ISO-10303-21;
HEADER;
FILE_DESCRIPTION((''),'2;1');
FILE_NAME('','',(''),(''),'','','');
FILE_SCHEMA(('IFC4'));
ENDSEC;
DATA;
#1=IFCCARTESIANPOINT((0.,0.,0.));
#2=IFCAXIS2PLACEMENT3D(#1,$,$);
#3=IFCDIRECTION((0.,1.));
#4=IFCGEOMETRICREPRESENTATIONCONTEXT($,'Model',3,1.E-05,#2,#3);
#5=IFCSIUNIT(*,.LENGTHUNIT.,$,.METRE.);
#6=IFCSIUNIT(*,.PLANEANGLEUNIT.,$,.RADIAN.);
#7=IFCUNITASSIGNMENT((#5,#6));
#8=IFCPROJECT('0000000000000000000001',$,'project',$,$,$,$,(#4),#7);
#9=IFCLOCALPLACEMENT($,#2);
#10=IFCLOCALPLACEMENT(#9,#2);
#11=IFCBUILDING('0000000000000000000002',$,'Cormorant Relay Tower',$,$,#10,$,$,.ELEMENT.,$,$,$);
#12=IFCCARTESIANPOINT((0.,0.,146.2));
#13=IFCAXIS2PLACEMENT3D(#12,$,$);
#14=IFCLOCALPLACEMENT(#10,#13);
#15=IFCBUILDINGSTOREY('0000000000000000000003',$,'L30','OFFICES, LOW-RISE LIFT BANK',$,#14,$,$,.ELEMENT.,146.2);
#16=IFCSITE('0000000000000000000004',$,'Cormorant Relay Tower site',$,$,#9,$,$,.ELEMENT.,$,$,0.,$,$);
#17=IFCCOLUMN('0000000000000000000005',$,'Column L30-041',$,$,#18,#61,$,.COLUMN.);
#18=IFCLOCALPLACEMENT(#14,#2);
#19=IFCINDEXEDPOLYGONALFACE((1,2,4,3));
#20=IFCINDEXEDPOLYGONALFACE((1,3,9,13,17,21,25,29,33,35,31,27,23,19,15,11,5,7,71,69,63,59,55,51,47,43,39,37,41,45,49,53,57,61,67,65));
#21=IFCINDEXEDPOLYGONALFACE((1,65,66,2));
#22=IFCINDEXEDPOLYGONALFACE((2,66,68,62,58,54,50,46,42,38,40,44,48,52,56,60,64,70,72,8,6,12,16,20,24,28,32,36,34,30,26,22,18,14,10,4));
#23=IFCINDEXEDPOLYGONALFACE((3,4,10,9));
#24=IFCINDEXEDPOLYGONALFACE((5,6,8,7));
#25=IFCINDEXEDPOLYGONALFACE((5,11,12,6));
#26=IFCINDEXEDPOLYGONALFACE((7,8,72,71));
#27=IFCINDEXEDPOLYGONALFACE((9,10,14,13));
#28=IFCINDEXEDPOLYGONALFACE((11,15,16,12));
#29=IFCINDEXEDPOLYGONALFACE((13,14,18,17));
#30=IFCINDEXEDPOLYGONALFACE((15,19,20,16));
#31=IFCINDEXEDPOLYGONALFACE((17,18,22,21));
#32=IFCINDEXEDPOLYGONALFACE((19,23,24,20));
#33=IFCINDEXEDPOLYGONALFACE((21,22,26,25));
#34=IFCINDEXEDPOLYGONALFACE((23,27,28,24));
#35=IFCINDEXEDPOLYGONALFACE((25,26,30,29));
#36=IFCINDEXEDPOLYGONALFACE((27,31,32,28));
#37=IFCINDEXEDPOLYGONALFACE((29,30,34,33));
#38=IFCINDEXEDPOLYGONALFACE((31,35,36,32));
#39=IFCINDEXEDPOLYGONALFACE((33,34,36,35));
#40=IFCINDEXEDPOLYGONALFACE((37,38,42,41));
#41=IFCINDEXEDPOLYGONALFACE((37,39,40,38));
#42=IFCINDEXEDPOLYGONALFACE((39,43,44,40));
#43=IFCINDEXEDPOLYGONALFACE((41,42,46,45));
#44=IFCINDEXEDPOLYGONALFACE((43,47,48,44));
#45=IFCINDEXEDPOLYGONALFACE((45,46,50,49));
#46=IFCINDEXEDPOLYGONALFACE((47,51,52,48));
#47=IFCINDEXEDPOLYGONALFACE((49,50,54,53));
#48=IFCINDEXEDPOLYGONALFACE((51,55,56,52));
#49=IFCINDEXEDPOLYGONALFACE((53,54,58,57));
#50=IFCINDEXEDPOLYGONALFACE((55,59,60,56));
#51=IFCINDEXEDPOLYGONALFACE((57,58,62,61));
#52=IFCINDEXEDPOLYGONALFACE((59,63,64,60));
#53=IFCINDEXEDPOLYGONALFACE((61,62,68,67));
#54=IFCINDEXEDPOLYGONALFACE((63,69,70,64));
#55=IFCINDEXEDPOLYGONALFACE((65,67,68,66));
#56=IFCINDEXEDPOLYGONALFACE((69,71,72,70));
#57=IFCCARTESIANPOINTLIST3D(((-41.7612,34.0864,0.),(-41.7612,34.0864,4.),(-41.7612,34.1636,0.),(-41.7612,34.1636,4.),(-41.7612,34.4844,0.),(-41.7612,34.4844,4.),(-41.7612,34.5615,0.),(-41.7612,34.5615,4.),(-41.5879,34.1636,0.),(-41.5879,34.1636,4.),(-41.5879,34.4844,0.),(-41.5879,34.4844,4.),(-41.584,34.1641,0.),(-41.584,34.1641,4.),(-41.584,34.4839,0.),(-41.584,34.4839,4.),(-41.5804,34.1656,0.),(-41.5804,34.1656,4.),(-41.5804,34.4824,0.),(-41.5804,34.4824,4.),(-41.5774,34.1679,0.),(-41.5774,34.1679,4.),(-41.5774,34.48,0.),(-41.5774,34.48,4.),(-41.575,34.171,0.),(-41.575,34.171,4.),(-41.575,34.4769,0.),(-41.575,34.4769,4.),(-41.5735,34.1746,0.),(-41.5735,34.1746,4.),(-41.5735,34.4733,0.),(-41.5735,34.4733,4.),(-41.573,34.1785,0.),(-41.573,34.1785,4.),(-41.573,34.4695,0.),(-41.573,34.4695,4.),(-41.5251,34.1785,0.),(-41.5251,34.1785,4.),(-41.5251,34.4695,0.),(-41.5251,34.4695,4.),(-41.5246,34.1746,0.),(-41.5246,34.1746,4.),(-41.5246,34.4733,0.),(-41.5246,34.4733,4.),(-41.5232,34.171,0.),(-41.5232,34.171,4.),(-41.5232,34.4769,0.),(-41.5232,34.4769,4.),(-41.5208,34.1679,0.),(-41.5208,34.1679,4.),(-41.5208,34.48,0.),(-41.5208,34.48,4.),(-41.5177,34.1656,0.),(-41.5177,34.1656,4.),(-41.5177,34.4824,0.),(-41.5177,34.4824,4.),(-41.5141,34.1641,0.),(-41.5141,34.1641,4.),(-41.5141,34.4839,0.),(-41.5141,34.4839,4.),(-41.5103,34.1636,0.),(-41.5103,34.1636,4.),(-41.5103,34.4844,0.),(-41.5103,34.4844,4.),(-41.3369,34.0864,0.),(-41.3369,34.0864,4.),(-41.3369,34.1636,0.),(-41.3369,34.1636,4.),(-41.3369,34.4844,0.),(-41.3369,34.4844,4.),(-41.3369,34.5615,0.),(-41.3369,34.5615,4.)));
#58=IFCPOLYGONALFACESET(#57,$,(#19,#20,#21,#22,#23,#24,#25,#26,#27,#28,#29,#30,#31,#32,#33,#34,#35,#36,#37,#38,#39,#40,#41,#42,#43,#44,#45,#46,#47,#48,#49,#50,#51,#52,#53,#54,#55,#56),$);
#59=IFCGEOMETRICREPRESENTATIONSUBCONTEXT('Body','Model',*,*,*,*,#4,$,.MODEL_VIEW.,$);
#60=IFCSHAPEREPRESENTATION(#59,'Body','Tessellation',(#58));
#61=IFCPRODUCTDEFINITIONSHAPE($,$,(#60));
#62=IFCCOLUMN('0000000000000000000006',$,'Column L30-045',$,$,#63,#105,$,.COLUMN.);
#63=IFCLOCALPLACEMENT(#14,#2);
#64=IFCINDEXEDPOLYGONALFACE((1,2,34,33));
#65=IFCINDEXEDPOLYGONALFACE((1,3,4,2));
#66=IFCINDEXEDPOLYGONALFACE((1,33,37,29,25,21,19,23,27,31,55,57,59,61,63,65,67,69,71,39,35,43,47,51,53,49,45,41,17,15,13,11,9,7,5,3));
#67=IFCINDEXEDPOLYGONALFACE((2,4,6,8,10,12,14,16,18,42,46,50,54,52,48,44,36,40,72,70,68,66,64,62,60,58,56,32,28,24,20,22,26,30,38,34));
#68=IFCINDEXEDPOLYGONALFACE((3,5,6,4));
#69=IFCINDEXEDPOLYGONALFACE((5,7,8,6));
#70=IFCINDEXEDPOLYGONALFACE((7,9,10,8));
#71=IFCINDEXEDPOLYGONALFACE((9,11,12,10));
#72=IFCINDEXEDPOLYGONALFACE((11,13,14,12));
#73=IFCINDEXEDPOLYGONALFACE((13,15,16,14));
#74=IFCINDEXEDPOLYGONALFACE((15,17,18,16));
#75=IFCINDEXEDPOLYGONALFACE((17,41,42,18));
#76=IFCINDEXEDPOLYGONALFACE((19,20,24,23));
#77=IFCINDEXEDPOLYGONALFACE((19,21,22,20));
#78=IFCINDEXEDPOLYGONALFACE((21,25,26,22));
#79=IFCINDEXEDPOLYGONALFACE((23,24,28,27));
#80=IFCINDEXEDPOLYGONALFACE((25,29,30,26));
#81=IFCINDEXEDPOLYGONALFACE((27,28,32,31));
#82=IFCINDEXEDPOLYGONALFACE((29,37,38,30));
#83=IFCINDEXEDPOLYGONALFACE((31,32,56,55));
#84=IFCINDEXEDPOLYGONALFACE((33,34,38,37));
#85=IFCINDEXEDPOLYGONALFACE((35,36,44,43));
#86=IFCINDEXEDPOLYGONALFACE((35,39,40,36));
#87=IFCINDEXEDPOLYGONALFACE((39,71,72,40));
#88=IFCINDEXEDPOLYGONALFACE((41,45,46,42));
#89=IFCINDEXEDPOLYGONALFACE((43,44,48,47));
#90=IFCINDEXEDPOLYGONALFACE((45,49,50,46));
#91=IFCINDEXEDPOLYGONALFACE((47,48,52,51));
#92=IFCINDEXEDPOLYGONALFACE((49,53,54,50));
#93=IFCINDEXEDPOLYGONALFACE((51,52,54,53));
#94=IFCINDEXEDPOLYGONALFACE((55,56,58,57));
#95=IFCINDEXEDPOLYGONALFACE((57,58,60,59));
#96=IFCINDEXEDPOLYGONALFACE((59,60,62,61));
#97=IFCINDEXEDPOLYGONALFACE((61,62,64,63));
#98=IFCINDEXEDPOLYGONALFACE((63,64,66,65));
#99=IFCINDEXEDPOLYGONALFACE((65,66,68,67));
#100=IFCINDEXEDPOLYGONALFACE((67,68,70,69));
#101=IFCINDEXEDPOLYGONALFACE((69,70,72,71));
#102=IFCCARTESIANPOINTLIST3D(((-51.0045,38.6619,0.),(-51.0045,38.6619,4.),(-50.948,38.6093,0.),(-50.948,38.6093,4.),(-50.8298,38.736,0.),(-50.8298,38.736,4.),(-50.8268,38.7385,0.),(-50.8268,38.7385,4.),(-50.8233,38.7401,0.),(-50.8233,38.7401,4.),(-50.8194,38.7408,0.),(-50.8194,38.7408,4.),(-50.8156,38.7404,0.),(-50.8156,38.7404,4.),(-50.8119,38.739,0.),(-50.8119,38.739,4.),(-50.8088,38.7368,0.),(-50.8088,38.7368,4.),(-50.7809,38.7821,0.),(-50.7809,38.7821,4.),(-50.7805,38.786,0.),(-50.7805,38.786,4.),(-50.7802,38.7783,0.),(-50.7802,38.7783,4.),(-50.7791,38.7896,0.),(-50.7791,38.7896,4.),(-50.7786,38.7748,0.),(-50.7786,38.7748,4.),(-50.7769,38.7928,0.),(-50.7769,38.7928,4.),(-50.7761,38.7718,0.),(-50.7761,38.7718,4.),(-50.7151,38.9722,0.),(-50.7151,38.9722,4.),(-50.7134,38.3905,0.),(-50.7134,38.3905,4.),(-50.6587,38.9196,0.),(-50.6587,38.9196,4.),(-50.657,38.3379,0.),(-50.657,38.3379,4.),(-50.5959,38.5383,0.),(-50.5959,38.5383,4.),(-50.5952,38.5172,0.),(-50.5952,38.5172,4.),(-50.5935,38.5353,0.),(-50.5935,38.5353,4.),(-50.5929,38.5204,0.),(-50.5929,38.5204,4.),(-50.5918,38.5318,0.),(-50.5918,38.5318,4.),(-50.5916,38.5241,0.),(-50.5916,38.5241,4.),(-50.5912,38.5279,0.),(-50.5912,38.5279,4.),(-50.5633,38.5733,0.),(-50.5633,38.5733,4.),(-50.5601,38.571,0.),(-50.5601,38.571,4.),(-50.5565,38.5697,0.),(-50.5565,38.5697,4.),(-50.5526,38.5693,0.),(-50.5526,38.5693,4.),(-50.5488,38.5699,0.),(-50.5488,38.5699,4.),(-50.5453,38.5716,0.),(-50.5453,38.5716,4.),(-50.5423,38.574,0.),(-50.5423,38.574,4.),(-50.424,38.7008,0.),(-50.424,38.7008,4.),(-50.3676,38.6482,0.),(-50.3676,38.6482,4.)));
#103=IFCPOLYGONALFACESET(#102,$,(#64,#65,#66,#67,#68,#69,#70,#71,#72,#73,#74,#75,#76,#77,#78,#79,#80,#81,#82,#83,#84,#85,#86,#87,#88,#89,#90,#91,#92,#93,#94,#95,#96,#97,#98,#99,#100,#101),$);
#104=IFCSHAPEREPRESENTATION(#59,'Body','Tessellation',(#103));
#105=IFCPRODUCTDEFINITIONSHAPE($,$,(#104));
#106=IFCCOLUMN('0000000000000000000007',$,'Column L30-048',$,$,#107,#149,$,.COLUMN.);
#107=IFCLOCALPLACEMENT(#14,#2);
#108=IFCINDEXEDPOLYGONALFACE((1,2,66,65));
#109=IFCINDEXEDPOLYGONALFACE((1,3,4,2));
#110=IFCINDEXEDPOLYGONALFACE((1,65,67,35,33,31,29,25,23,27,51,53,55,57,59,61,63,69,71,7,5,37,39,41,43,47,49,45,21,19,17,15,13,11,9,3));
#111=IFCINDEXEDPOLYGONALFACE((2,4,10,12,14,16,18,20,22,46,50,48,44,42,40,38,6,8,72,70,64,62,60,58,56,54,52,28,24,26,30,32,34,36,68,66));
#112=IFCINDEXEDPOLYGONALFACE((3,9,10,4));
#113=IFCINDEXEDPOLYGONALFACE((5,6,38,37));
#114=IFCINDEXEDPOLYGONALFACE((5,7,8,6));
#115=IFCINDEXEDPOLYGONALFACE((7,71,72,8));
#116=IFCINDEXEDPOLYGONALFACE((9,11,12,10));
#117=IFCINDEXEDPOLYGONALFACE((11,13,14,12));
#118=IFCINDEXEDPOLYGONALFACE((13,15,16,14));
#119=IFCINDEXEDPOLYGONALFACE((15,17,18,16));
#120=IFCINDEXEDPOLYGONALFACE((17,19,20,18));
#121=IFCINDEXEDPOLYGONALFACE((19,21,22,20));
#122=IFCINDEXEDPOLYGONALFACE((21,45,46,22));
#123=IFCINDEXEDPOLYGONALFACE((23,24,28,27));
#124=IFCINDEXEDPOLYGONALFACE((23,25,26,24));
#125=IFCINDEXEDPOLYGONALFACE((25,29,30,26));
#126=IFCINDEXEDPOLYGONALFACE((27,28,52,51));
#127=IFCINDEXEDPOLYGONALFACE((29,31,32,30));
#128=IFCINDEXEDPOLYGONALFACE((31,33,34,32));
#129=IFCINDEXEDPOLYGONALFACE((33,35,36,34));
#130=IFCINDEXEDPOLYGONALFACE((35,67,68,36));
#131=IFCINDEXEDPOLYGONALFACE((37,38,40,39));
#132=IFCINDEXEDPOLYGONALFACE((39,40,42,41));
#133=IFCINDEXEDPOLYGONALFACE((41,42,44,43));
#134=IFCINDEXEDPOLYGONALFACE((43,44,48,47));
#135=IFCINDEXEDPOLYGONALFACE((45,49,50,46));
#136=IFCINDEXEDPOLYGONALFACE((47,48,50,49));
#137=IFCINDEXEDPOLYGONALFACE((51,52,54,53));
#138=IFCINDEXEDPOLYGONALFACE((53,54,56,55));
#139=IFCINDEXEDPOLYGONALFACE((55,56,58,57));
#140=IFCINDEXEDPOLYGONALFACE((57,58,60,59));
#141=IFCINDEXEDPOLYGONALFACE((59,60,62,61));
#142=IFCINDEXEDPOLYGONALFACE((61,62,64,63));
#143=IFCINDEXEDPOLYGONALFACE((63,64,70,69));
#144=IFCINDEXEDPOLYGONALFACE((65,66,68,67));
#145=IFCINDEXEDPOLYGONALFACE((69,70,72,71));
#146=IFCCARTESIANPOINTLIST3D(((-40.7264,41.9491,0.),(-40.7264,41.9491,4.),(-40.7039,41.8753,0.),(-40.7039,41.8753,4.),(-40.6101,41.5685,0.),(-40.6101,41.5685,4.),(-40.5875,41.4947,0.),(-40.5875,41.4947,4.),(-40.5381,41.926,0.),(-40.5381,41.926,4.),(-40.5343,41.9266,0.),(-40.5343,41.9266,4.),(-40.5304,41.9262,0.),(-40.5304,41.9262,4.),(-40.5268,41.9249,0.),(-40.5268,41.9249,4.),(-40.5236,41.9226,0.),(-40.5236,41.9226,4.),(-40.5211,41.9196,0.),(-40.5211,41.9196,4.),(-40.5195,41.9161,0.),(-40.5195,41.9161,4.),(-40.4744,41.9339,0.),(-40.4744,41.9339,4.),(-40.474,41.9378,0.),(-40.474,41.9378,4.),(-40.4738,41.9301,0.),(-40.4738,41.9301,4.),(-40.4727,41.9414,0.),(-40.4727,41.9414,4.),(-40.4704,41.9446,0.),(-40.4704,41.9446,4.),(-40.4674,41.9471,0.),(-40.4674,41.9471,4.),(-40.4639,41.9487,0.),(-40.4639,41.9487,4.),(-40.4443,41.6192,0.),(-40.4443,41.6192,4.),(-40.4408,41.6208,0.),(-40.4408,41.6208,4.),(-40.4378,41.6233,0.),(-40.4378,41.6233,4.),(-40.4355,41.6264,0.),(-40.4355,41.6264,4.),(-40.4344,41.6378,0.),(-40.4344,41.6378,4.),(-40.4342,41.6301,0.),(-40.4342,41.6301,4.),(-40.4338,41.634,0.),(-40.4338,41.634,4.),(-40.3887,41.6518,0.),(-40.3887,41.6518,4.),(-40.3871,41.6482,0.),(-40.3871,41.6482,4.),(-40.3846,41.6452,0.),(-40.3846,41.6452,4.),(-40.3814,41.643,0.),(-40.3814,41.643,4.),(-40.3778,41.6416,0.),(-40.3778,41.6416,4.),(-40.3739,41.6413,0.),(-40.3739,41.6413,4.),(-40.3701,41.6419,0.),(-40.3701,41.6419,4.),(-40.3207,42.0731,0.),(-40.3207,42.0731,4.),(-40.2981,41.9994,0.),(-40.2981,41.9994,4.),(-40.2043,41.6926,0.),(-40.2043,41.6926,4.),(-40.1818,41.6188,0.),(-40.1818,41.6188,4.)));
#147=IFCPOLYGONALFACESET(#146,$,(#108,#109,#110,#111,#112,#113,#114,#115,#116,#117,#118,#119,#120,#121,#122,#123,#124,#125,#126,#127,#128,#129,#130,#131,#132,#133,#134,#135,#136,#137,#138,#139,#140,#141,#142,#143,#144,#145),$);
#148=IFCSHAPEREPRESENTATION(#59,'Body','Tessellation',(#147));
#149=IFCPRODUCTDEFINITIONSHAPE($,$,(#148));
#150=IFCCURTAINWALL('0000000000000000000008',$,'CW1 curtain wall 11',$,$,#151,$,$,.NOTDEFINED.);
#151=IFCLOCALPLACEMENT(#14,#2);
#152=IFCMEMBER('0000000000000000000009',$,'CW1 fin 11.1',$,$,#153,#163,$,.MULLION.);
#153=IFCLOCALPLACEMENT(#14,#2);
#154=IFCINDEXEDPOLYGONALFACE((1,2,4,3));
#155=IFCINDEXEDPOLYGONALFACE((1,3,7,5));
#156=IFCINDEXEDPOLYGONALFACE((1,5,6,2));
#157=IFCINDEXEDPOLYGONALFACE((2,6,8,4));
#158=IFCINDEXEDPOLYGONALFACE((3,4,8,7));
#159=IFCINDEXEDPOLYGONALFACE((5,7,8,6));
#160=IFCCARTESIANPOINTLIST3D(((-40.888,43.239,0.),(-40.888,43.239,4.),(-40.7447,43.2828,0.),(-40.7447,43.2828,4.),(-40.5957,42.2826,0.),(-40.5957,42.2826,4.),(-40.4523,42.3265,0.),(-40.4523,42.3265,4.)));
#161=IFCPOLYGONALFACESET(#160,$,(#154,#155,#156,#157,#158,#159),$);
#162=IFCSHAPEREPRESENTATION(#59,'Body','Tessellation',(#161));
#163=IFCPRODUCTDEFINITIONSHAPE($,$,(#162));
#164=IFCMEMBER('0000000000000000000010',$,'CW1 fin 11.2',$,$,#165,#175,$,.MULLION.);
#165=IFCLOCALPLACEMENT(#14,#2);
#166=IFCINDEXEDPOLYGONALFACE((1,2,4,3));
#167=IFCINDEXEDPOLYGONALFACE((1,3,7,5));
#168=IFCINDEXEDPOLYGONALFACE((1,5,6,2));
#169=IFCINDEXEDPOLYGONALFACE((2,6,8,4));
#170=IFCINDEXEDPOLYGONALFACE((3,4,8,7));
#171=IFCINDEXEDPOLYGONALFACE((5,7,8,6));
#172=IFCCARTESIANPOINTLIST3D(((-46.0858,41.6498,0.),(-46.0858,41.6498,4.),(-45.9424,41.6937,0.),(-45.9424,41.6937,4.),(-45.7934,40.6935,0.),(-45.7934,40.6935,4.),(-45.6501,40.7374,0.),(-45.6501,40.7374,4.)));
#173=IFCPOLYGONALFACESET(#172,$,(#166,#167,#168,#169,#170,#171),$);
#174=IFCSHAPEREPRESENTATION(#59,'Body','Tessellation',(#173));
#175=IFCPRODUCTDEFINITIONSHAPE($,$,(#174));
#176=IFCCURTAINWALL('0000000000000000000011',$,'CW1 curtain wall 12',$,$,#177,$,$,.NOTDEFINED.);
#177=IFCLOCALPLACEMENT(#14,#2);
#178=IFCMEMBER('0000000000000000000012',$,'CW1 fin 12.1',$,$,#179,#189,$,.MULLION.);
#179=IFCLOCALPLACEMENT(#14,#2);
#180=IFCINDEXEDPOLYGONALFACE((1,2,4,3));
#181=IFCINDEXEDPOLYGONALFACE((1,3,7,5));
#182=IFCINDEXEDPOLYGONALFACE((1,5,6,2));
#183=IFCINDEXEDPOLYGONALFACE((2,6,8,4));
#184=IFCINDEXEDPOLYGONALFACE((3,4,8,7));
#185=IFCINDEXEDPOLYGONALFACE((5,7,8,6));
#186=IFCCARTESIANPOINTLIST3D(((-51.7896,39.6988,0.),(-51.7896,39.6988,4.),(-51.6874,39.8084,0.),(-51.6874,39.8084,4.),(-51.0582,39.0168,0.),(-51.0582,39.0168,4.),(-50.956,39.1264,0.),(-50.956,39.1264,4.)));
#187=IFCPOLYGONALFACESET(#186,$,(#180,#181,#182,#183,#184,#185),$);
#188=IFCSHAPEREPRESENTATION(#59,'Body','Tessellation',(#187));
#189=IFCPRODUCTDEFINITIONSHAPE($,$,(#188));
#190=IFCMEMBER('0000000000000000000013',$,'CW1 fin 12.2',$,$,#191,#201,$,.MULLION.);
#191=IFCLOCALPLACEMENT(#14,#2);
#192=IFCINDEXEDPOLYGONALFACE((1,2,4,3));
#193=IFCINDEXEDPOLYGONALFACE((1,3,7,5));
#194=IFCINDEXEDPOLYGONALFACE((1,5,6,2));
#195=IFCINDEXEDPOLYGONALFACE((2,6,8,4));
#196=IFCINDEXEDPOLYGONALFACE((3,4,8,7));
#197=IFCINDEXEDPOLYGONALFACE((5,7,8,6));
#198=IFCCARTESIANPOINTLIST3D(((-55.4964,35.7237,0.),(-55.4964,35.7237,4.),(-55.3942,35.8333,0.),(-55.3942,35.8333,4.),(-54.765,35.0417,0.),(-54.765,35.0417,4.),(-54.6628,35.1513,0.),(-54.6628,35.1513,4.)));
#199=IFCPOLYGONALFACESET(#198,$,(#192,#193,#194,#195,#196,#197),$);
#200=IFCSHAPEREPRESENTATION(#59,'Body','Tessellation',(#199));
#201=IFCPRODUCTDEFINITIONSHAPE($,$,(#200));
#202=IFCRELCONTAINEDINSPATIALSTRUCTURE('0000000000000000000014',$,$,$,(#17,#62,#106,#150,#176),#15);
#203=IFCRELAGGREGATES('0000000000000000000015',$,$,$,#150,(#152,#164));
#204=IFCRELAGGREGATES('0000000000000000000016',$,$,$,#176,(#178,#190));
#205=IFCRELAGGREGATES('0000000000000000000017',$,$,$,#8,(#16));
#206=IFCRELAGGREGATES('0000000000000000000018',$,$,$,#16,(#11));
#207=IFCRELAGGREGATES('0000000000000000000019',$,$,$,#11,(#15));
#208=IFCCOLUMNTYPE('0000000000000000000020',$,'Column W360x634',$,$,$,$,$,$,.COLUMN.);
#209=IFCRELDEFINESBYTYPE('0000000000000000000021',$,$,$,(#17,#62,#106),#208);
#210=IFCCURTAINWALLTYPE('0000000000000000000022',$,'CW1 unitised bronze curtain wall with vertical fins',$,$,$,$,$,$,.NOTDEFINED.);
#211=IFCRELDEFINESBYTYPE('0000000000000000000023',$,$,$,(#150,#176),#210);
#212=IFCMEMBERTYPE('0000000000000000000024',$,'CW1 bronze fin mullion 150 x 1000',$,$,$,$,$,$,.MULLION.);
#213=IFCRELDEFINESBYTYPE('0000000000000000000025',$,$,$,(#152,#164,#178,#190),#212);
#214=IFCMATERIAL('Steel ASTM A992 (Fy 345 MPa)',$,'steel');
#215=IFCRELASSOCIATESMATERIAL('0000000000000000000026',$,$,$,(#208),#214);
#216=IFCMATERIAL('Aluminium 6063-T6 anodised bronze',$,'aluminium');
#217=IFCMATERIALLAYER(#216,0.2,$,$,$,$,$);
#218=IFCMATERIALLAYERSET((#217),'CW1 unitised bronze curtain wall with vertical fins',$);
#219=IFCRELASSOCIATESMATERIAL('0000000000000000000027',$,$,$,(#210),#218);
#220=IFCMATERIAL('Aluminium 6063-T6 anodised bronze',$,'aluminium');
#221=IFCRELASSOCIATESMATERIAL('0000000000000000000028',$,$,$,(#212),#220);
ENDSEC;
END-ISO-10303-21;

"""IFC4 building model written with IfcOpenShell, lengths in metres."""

from ifc_helpers import new_model, si_unit, direction, frame, origin, origin_2d, place, context, subcontext, project, spatial, rectangle, i_section, extrude, material, layer, layer_set, material_profile, profile_set, type_object, element, aggregate, save


model = new_model("IFC4")

# Units and contexts
model_context = context("Model", 3, precision=1e-05, world=origin(), true_north=direction((0.0, 1.0)))
body_context = subcontext(model_context, "Body", "Model", "MODEL_VIEW")
ifc_project = project(units=[si_unit("LENGTHUNIT", "METRE"), si_unit("PLANEANGLEUNIT", "RADIAN")], contexts=[model_context])

# Site, building, storey
site_placement = place(None, origin())
site = spatial("IfcSite", under=ifc_project, at=site_placement, Name="Cormorant Relay Tower site", CompositionType="ELEMENT", RefElevation=0.0)
building_placement = place(site_placement, origin())
building = spatial("IfcBuilding", under=site, at=building_placement, Name="Cormorant Relay Tower", CompositionType="ELEMENT")
storey_placement = place(building_placement, frame((0.0, 0.0, 146.2)))
storey = spatial("IfcBuildingStorey", under=building, at=storey_placement, Name="L30", Description="OFFICES, LOW-RISE LIFT BANK", CompositionType="ELEMENT", Elevation=146.2)

# Columns
ifc_material_1 = material(Name="Steel ASTM A992 (Fy 345 MPa)", Category="steel")
ifc_material_profile_1 = material_profile(ifc_material_1, i_section(OverallWidth=0.4243, OverallDepth=0.4751, WebThickness=0.0479, FlangeThickness=0.0771, FilletRadius=0.0149, at=origin_2d()), Name="W360x634")
ifc_profile_set_1 = profile_set([ifc_material_profile_1], Name="Steel ASTM A992 (Fy 345 MPa)")
column_type = type_object("IfcColumnType", Name="Column W360x634", PredefinedType="COLUMN", material=ifc_profile_set_1)
for number, where, z_axis, x_axis, name in (
    (1, (-41.5491, 34.324, 0.0), (0.0, 0.0, 1.0), (1.0, 0.0, 0.0), "Column L30-041"),
    (2, (-50.686, 38.655, 0.0), (0.0, 0.0, 1.0), (-0.681998, -0.731354, 0.0), "Column L30-045"),
    (3, (-40.4541, 41.7839, 0.0), (0.0, 0.0, 1.0), (-0.956305, -0.292372, 0.0), "Column L30-048"),
):
    element("IfcColumn", number, at=place(storey_placement, frame(where, z_axis=z_axis, x_axis=x_axis)), inside=storey, type_object=column_type, Name=name, PredefinedType="COLUMN", context=body_context, shape_type="SweptSolid", body=[
        extrude(i_section(OverallWidth=0.4243, OverallDepth=0.4751, WebThickness=0.0479, FlangeThickness=0.0771, FilletRadius=0.0149, at=origin_2d()), origin(), (0.0, 0.0, 1.0), 4.0),
    ])

# Curtain walls, members
ifc_material_2 = material(Name="Aluminium 6063-T6 anodised bronze", Category="aluminium")
ifc_layer_1 = layer(ifc_material_2, 0.2)
ifc_layer_set_1 = layer_set([ifc_layer_1], Name="CW1 unitised bronze curtain wall with vertical fins")
curtain_wall_type = type_object("IfcCurtainWallType", Name="CW1 unitised bronze curtain wall with vertical fins", PredefinedType="NOTDEFINED", material=ifc_layer_set_1)
curtain_wall_1_placement = place(storey_placement, origin())
curtain_wall_1 = element("IfcCurtainWall", 4, at=curtain_wall_1_placement, inside=storey, type_object=curtain_wall_type, Name="CW1 curtain wall 11", PredefinedType="NOTDEFINED")
ifc_material_3 = material(Name="Aluminium 6063-T6 anodised bronze", Category="aluminium")
ifc_material_profile_2 = material_profile(ifc_material_3, rectangle(XDim=0.1499, YDim=1.0, at=origin_2d()), Name="AL 150x1000")
ifc_profile_set_2 = profile_set([ifc_material_profile_2], Name="Aluminium 6063-T6 anodised bronze")
member_type_1 = type_object("IfcMemberType", Name="CW1 bronze fin mullion 150 x 1000", PredefinedType="MULLION", material=ifc_profile_set_2)
member_1_placement = place(storey_placement, frame((-40.6702, 42.7827, 0.0), z_axis=(0.0, 0.0, 1.0), x_axis=(-0.956305, -0.292372, 0.0)))
member_1 = element("IfcMember", 5, at=member_1_placement, type_object=member_type_1, Name="CW1 fin 11.1", PredefinedType="MULLION", context=body_context, shape_type="SweptSolid", body=[
    extrude(rectangle(XDim=0.1499, YDim=1.0, at=origin_2d()), origin(), (0.0, 0.0, 1.0), 4.0),
])
member_2_placement = place(storey_placement, frame((-45.8679, 41.1936, 0.0), z_axis=(0.0, 0.0, 1.0), x_axis=(-0.956305, -0.292372, 0.0)))
member_2 = element("IfcMember", 6, at=member_2_placement, type_object=member_type_1, Name="CW1 fin 11.2", PredefinedType="MULLION", context=body_context, shape_type="SweptSolid", body=[
    extrude(rectangle(XDim=0.1499, YDim=1.0, at=origin_2d()), origin(), (0.0, 0.0, 1.0), 4.0),
])
curtain_wall_2_placement = place(storey_placement, origin())
curtain_wall_2 = element("IfcCurtainWall", 7, at=curtain_wall_2_placement, inside=storey, type_object=curtain_wall_type, Name="CW1 curtain wall 12", PredefinedType="NOTDEFINED")
member_3_placement = place(storey_placement, frame((-51.3728, 39.4126, 0.0), z_axis=(0.0, 0.0, 1.0), x_axis=(-0.681998, -0.731354, 0.0)))
member_3 = element("IfcMember", 8, at=member_3_placement, type_object=member_type_1, Name="CW1 fin 12.1", PredefinedType="MULLION", context=body_context, shape_type="SweptSolid", body=[
    extrude(rectangle(XDim=0.1499, YDim=1.0, at=origin_2d()), origin(), (0.0, 0.0, 1.0), 4.0),
])
member_4_placement = place(storey_placement, frame((-55.0796, 35.4375, 0.0), z_axis=(0.0, 0.0, 1.0), x_axis=(-0.681998, -0.731354, 0.0)))
member_4 = element("IfcMember", 9, at=member_4_placement, type_object=member_type_1, Name="CW1 fin 12.2", PredefinedType="MULLION", context=body_context, shape_type="SweptSolid", body=[
    extrude(rectangle(XDim=0.1499, YDim=1.0, at=origin_2d()), origin(), (0.0, 0.0, 1.0), 4.0),
])

aggregate(curtain_wall_1, [member_1, member_2])
aggregate(curtain_wall_2, [member_3, member_4])

save(model, "model.ifc")
